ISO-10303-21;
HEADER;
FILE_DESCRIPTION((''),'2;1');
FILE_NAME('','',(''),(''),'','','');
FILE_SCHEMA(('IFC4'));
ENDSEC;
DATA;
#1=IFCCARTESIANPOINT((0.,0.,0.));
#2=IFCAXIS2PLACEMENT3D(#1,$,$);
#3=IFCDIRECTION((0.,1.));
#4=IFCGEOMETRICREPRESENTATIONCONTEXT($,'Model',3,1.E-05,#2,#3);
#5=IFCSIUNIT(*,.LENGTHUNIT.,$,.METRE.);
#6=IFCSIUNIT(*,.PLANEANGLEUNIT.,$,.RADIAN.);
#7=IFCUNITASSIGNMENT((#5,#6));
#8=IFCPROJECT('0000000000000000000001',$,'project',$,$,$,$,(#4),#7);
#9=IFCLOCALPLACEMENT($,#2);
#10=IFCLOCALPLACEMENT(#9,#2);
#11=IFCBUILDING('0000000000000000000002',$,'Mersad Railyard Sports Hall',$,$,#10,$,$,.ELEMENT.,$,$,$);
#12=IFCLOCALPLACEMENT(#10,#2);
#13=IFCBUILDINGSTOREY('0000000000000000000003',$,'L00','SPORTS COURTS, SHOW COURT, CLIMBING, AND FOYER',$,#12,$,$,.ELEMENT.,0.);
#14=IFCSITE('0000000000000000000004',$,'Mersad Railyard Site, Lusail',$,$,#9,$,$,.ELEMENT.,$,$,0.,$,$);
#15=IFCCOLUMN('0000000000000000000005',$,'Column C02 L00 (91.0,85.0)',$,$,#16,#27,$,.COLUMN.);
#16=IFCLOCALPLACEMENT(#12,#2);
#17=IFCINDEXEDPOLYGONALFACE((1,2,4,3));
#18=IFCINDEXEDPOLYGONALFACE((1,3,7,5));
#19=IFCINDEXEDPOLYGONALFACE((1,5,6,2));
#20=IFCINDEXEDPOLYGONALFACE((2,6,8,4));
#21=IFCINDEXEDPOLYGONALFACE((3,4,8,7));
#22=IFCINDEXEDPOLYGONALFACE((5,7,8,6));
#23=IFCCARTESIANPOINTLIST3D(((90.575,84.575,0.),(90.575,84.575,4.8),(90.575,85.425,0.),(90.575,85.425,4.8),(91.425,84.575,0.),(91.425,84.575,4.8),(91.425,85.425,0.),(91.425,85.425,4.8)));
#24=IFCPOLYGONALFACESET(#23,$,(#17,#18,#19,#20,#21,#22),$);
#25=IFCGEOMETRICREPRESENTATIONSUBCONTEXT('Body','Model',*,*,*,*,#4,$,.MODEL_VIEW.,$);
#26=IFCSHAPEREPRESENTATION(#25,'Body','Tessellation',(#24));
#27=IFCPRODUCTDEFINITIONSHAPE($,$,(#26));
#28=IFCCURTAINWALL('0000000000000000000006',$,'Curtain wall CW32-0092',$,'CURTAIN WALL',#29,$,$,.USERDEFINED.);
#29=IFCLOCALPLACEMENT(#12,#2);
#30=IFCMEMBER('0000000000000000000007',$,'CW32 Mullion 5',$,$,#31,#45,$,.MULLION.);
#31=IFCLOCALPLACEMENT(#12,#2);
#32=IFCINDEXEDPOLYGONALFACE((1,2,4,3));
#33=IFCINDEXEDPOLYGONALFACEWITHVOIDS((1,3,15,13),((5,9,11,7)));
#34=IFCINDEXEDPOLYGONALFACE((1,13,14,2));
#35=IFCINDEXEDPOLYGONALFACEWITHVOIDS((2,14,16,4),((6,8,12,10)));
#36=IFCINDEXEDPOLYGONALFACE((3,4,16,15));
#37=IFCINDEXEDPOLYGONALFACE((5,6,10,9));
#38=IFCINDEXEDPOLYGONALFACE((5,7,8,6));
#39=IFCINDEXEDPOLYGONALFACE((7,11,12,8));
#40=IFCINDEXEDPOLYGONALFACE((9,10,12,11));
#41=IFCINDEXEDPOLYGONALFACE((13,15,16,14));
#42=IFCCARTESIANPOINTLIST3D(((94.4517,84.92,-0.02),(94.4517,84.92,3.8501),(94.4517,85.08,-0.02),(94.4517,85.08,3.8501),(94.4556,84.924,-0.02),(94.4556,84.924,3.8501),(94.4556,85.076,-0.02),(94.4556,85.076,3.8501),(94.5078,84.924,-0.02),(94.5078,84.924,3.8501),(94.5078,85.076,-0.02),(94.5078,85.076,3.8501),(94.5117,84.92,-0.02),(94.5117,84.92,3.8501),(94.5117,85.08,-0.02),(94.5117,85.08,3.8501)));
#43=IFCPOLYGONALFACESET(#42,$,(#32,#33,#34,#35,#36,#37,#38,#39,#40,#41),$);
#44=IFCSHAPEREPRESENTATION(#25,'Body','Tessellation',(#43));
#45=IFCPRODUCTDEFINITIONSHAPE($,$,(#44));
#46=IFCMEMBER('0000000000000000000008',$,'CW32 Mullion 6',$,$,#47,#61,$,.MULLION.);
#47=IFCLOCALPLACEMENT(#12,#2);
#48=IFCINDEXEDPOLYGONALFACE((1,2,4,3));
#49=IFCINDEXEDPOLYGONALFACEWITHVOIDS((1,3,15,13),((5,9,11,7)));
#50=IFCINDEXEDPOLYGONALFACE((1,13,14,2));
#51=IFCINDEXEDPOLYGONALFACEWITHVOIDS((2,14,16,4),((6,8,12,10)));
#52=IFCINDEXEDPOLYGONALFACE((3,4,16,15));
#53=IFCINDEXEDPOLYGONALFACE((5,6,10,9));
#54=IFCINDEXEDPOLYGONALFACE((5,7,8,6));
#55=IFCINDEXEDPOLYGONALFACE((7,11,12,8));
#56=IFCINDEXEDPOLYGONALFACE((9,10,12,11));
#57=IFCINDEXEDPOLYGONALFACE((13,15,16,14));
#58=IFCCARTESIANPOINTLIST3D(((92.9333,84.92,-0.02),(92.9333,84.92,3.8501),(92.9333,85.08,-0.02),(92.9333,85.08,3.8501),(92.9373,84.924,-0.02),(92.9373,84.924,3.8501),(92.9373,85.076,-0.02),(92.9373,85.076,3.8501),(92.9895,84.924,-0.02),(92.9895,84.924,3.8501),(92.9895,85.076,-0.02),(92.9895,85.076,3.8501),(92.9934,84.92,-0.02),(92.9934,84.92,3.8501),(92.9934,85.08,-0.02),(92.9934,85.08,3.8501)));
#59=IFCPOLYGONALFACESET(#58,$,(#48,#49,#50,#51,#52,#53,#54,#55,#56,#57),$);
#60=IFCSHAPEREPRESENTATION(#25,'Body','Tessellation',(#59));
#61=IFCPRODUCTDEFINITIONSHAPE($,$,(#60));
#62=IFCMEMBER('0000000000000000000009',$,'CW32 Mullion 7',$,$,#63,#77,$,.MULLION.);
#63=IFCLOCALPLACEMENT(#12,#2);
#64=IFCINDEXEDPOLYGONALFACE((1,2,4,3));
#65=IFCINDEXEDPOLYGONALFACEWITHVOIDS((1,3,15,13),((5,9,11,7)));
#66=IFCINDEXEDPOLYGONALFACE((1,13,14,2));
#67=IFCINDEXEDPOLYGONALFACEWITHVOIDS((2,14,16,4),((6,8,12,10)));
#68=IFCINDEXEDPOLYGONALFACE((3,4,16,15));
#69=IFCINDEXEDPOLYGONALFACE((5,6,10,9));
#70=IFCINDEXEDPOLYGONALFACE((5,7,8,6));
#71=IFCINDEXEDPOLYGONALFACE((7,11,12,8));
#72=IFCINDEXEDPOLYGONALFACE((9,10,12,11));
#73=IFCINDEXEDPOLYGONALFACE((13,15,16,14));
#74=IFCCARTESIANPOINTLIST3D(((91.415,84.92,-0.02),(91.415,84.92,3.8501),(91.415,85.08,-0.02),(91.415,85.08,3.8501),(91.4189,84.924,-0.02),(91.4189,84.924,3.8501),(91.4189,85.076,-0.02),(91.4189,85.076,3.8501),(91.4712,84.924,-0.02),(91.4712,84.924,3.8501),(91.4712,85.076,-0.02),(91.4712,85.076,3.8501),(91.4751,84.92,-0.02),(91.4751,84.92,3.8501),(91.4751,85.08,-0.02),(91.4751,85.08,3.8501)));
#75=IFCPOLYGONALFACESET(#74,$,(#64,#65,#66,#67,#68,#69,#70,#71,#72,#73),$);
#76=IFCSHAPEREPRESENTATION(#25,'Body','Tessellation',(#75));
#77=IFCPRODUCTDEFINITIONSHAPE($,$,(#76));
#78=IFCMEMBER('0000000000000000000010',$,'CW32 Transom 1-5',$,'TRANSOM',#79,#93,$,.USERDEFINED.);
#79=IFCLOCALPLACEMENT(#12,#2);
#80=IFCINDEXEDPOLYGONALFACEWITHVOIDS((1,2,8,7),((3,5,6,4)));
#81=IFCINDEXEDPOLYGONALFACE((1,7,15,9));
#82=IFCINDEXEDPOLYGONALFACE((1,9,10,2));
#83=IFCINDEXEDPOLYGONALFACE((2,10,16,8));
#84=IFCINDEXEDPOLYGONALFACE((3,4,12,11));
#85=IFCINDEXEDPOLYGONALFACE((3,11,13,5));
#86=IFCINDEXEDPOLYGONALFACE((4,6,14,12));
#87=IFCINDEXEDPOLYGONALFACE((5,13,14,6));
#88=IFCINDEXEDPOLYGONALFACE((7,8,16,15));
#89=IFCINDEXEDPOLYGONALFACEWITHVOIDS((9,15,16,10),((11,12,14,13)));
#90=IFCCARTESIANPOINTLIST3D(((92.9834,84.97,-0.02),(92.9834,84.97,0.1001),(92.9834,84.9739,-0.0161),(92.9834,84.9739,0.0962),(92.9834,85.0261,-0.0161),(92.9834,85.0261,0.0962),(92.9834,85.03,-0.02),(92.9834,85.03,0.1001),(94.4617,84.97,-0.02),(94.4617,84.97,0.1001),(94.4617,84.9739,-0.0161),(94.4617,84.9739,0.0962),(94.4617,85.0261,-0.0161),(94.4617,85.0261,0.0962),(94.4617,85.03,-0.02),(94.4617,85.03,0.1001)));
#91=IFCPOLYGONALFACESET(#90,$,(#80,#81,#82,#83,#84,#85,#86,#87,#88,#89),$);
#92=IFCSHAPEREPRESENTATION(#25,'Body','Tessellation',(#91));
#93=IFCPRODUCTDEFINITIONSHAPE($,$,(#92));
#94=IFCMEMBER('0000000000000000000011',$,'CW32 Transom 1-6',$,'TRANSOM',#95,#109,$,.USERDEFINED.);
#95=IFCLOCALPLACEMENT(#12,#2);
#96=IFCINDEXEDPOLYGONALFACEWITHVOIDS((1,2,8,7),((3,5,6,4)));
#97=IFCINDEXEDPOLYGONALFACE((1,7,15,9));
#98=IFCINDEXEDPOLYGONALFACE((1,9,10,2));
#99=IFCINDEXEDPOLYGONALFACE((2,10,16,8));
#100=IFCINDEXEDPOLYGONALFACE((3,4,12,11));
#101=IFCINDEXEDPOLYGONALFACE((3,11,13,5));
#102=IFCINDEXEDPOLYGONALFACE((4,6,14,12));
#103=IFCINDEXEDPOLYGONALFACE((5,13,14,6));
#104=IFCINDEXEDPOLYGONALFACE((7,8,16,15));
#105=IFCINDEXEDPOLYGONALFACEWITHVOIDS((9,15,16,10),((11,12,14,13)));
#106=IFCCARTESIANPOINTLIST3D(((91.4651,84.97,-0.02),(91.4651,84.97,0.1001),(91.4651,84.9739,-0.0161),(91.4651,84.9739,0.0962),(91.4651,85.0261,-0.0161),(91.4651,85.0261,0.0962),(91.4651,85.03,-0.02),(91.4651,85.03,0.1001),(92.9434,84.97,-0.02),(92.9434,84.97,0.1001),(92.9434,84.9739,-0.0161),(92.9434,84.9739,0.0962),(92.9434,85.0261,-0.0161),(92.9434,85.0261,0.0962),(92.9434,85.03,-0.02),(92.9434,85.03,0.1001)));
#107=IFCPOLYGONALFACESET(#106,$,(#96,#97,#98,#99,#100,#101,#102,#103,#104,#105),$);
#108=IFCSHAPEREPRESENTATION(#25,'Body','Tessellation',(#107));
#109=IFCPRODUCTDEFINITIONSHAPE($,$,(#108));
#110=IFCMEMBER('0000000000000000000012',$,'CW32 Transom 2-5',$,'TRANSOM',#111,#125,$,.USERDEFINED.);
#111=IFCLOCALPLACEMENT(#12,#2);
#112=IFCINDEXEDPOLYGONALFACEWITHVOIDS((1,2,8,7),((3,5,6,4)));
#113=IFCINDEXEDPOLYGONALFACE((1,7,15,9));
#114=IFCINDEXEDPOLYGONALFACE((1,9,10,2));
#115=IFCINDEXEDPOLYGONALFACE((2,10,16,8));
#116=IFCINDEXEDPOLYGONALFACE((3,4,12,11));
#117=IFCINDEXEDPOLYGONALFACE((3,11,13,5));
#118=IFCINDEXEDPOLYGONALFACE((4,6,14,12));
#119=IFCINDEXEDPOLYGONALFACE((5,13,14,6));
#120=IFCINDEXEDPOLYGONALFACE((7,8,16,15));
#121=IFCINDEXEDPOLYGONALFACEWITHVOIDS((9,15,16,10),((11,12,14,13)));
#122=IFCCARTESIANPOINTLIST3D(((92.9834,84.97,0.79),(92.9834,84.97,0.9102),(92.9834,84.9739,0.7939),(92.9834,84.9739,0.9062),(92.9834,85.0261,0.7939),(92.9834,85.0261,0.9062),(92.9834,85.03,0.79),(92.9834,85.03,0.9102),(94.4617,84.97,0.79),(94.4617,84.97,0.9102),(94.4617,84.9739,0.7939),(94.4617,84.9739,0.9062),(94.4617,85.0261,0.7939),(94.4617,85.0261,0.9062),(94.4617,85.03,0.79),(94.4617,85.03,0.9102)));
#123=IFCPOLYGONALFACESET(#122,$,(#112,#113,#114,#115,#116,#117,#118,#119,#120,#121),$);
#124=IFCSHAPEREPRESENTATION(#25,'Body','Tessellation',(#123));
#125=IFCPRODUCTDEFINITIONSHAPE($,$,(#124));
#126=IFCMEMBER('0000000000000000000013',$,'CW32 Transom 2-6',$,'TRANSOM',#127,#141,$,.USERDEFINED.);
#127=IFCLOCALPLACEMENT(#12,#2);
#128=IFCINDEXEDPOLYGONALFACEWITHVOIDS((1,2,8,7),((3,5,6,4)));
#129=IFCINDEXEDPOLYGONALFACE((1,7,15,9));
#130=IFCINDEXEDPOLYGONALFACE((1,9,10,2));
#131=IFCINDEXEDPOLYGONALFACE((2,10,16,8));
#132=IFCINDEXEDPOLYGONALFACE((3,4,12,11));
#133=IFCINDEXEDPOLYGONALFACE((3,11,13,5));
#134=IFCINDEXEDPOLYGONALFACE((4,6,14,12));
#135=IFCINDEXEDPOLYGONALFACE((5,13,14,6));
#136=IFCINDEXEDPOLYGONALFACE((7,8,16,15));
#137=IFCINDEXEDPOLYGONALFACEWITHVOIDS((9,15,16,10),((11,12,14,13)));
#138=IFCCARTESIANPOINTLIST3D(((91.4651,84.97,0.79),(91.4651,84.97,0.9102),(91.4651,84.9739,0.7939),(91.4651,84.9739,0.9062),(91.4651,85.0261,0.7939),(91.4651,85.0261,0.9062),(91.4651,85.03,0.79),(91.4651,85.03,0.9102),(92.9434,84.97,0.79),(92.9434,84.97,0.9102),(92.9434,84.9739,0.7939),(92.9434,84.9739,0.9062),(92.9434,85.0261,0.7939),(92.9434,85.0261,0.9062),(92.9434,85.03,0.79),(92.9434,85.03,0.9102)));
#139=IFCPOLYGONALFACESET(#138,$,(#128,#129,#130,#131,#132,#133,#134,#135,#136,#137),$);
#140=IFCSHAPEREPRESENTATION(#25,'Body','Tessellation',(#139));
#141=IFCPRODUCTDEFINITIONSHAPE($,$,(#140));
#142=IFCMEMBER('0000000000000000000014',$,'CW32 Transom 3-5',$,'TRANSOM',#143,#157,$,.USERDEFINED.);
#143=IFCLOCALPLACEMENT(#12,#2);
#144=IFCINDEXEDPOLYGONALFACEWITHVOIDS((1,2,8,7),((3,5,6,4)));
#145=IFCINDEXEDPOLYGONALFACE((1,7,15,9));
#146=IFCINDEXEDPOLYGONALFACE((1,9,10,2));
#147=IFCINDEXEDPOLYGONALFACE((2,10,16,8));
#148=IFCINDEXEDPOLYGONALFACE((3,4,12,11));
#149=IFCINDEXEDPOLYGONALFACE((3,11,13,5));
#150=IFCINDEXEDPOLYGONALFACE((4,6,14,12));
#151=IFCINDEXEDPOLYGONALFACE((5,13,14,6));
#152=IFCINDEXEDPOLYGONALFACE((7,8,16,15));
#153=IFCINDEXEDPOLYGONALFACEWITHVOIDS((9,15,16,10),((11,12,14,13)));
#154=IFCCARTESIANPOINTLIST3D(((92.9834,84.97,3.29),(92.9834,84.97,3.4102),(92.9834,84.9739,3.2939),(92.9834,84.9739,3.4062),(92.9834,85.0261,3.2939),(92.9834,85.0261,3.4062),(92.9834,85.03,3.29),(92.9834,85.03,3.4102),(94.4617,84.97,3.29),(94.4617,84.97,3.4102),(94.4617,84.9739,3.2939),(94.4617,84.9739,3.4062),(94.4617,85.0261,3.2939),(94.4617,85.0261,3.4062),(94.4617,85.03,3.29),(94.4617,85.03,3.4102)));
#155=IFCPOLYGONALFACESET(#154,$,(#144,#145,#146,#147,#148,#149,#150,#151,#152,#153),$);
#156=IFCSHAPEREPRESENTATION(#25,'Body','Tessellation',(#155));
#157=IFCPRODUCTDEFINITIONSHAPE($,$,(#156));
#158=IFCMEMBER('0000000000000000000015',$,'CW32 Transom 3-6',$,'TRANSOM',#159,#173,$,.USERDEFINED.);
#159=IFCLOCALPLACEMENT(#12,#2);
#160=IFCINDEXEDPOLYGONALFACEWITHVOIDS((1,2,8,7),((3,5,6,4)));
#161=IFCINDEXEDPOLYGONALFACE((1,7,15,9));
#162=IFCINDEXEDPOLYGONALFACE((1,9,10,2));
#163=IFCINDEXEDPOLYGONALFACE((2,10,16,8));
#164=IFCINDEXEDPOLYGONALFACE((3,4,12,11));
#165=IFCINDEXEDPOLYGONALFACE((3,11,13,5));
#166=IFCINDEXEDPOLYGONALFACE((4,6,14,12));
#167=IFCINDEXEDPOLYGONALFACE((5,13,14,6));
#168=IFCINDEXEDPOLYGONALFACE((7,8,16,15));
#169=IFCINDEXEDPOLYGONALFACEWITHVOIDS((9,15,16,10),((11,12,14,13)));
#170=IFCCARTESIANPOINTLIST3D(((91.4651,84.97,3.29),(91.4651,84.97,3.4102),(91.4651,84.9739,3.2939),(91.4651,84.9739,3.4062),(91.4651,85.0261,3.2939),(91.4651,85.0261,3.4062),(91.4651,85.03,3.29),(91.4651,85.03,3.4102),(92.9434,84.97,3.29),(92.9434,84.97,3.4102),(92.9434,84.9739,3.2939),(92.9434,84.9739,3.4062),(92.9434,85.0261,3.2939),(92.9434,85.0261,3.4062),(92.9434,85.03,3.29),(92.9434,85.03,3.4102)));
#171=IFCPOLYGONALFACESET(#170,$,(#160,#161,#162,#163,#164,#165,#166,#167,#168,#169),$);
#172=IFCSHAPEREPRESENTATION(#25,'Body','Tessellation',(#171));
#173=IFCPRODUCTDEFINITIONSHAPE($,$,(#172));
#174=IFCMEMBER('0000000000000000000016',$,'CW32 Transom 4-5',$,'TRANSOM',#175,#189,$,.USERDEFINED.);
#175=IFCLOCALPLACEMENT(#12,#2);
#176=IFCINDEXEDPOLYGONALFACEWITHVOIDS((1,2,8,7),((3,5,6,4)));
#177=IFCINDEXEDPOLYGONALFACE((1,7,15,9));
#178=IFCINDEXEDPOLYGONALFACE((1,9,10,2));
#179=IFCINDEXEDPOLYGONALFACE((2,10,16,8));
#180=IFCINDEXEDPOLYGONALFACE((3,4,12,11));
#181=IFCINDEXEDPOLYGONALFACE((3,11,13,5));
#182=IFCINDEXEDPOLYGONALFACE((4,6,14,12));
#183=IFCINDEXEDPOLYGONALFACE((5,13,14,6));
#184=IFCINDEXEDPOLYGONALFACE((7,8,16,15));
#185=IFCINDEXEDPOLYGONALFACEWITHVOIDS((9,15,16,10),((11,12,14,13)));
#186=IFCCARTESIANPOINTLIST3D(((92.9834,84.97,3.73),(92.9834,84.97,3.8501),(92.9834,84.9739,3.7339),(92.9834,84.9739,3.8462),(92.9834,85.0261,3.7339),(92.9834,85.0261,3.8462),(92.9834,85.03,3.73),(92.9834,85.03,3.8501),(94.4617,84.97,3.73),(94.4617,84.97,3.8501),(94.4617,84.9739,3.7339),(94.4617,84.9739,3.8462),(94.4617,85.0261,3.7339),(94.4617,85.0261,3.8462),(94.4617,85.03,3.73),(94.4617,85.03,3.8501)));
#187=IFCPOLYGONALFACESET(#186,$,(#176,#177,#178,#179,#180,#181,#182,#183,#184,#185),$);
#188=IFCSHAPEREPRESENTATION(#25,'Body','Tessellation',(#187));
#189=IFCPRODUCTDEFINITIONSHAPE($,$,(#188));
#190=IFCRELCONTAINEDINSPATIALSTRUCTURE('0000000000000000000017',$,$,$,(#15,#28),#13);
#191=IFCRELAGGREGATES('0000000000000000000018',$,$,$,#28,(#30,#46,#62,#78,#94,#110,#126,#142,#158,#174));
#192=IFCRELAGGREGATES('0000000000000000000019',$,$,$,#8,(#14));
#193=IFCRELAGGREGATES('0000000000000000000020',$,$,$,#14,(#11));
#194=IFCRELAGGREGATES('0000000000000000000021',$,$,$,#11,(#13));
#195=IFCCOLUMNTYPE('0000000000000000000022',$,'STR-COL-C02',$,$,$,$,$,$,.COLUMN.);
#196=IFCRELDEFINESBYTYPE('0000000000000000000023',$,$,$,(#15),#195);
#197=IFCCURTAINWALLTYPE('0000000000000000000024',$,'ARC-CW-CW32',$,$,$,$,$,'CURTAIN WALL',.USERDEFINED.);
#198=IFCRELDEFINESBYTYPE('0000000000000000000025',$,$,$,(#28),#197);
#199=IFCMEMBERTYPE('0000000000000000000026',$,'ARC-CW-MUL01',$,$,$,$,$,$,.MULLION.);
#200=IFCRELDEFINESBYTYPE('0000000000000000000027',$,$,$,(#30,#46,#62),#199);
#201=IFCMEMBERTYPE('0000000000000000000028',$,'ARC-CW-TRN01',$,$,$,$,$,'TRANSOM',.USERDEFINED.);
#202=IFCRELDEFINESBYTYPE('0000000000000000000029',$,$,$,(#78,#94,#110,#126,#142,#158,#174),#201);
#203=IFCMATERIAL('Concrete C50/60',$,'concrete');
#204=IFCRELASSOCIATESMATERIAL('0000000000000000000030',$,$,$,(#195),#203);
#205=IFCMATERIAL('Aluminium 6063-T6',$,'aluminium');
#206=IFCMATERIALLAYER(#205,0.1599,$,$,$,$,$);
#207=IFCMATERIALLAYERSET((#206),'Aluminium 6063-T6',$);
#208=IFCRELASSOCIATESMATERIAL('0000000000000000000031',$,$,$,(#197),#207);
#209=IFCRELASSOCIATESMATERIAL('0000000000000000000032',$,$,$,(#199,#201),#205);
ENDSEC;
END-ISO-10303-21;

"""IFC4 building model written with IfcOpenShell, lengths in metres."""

from ifc_helpers import new_model, si_unit, direction, frame, origin, origin_2d, place, context, subcontext, project, spatial, rectangle, hollow_rectangle, extrude, material, layer, layer_set, material_profile, profile_set, type_object, element, aggregate, save


model = new_model("IFC4")

# Units and contexts
model_context = context("Model", 3, precision=1e-05, world=origin(), true_north=direction((0.0, 1.0)))
body_context = subcontext(model_context, "Body", "Model", "MODEL_VIEW")
ifc_project = project(units=[si_unit("LENGTHUNIT", "METRE"), si_unit("PLANEANGLEUNIT", "RADIAN")], contexts=[model_context])

# Site, building, storey
site_placement = place(None, origin())
site = spatial("IfcSite", under=ifc_project, at=site_placement, Name="Mersad Railyard Site, Lusail", CompositionType="ELEMENT", RefElevation=0.0)
building_placement = place(site_placement, origin())
building = spatial("IfcBuilding", under=site, at=building_placement, Name="Mersad Railyard Sports Hall", CompositionType="ELEMENT")
storey_placement = place(building_placement, origin())
storey = spatial("IfcBuildingStorey", under=building, at=storey_placement, Name="L00", Description="SPORTS COURTS, SHOW COURT, CLIMBING, AND FOYER", CompositionType="ELEMENT", Elevation=0.0)

# Column
ifc_material_1 = material(Name="Concrete C50/60", Category="concrete")
ifc_material_profile_1 = material_profile(ifc_material_1, rectangle(XDim=0.8501, YDim=0.8501, at=origin_2d()), Name="RC 850x850")
ifc_profile_set_1 = profile_set([ifc_material_profile_1], Name="Concrete C50/60")
column_type = type_object("IfcColumnType", Name="STR-COL-C02", PredefinedType="COLUMN", material=ifc_profile_set_1)
column_placement = place(storey_placement, frame((91.0, 85.0, 0.0), z_axis=(0.0, 0.0, 1.0), x_axis=(1.0, 0.0, 0.0)))
element("IfcColumn", 1, at=column_placement, inside=storey, type_object=column_type, Name="Column C02 L00 (91.0,85.0)", PredefinedType="COLUMN", context=body_context, shape_type="SweptSolid", body=[
    extrude(rectangle(XDim=0.8501, YDim=0.8501, at=origin_2d()), origin(), (0.0, 0.0, 1.0), 4.8),
])

# Curtain wall, members
ifc_material_2 = material(Name="Aluminium 6063-T6", Category="aluminium")
ifc_layer_1 = layer(ifc_material_2, 0.1599)
ifc_layer_set_1 = layer_set([ifc_layer_1], Name="Aluminium 6063-T6")
curtain_wall_type = type_object("IfcCurtainWallType", Name="ARC-CW-CW32", ElementType="CURTAIN WALL", PredefinedType="USERDEFINED", material=ifc_layer_set_1)
curtain_wall_placement = place(storey_placement, origin())
curtain_wall = element("IfcCurtainWall", 2, at=curtain_wall_placement, inside=storey, type_object=curtain_wall_type, Name="Curtain wall CW32-0092", ObjectType="CURTAIN WALL", PredefinedType="USERDEFINED")
ifc_material_profile_2 = material_profile(ifc_material_2, hollow_rectangle(XDim=0.0601, YDim=0.1599, WallThickness=0.0039, at=origin_2d()), Name="AL MULLION 60x160x4")
ifc_profile_set_2 = profile_set([ifc_material_profile_2], Name="Aluminium 6063-T6")
member_type_1 = type_object("IfcMemberType", Name="ARC-CW-MUL01", PredefinedType="MULLION", material=ifc_profile_set_2)
member_1_placement = place(storey_placement, frame((94.4817, 85.0, -0.02), z_axis=(0.0, 0.0, 1.0), x_axis=(1.0, 0.0, 0.0)))
member_1 = element("IfcMember", 3, at=member_1_placement, type_object=member_type_1, Name="CW32 Mullion 5", PredefinedType="MULLION", context=body_context, shape_type="SweptSolid", body=[
    extrude(hollow_rectangle(XDim=0.0601, YDim=0.1599, WallThickness=0.0039, at=origin_2d()), origin(), (0.0, 0.0, 1.0), 3.8701),
])
member_2_placement = place(storey_placement, frame((92.9634, 85.0, -0.02), z_axis=(0.0, 0.0, 1.0), x_axis=(1.0, 0.0, 0.0)))
member_2 = element("IfcMember", 4, at=member_2_placement, type_object=member_type_1, Name="CW32 Mullion 6", PredefinedType="MULLION", context=body_context, shape_type="SweptSolid", body=[
    extrude(hollow_rectangle(XDim=0.0601, YDim=0.1599, WallThickness=0.0039, at=origin_2d()), origin(), (0.0, 0.0, 1.0), 3.8701),
])
member_3_placement = place(storey_placement, frame((91.4451, 85.0, -0.02), z_axis=(0.0, 0.0, 1.0), x_axis=(1.0, 0.0, 0.0)))
member_3 = element("IfcMember", 5, at=member_3_placement, type_object=member_type_1, Name="CW32 Mullion 7", PredefinedType="MULLION", context=body_context, shape_type="SweptSolid", body=[
    extrude(hollow_rectangle(XDim=0.0601, YDim=0.1599, WallThickness=0.0039, at=origin_2d()), origin(), (0.0, 0.0, 1.0), 3.8701),
])
ifc_material_profile_3 = material_profile(ifc_material_2, hollow_rectangle(XDim=0.0601, YDim=0.1201, WallThickness=0.0039, at=origin_2d()), Name="AL TRANSOM 60x120x4")
ifc_profile_set_3 = profile_set([ifc_material_profile_3], Name="Aluminium 6063-T6")
member_type_2 = type_object("IfcMemberType", Name="ARC-CW-TRN01", ElementType="TRANSOM", PredefinedType="USERDEFINED", material=ifc_profile_set_3)
member_4_placement = place(storey_placement, frame((94.4617, 85.0, 0.04), z_axis=(-1.0, 0.0, 0.0), x_axis=(0.0, -1.0, 0.0)))
member_4 = element("IfcMember", 6, at=member_4_placement, type_object=member_type_2, Name="CW32 Transom 1-5", ObjectType="TRANSOM", PredefinedType="USERDEFINED", context=body_context, shape_type="SweptSolid", body=[
    extrude(hollow_rectangle(XDim=0.0601, YDim=0.1201, WallThickness=0.0039, at=origin_2d()), origin(), (0.0, 0.0, 1.0), 1.4783),
])
member_5_placement = place(storey_placement, frame((92.9434, 85.0, 0.04), z_axis=(-1.0, 0.0, 0.0), x_axis=(0.0, -1.0, 0.0)))
member_5 = element("IfcMember", 7, at=member_5_placement, type_object=member_type_2, Name="CW32 Transom 1-6", ObjectType="TRANSOM", PredefinedType="USERDEFINED", context=body_context, shape_type="SweptSolid", body=[
    extrude(hollow_rectangle(XDim=0.0601, YDim=0.1201, WallThickness=0.0039, at=origin_2d()), origin(), (0.0, 0.0, 1.0), 1.4783),
])
member_6_placement = place(storey_placement, frame((94.4617, 85.0, 0.8501), z_axis=(-1.0, 0.0, 0.0), x_axis=(0.0, -1.0, 0.0)))
member_6 = element("IfcMember", 8, at=member_6_placement, type_object=member_type_2, Name="CW32 Transom 2-5", ObjectType="TRANSOM", PredefinedType="USERDEFINED", context=body_context, shape_type="SweptSolid", body=[
    extrude(hollow_rectangle(XDim=0.0601, YDim=0.1201, WallThickness=0.0039, at=origin_2d()), origin(), (0.0, 0.0, 1.0), 1.4783),
])
member_7_placement = place(storey_placement, frame((92.9434, 85.0, 0.8501), z_axis=(-1.0, 0.0, 0.0), x_axis=(0.0, -1.0, 0.0)))
member_7 = element("IfcMember", 9, at=member_7_placement, type_object=member_type_2, Name="CW32 Transom 2-6", ObjectType="TRANSOM", PredefinedType="USERDEFINED", context=body_context, shape_type="SweptSolid", body=[
    extrude(hollow_rectangle(XDim=0.0601, YDim=0.1201, WallThickness=0.0039, at=origin_2d()), origin(), (0.0, 0.0, 1.0), 1.4783),
])
member_8_placement = place(storey_placement, frame((94.4617, 85.0, 3.3501), z_axis=(-1.0, 0.0, 0.0), x_axis=(0.0, -1.0, 0.0)))
member_8 = element("IfcMember", 10, at=member_8_placement, type_object=member_type_2, Name="CW32 Transom 3-5", ObjectType="TRANSOM", PredefinedType="USERDEFINED", context=body_context, shape_type="SweptSolid", body=[
    extrude(hollow_rectangle(XDim=0.0601, YDim=0.1201, WallThickness=0.0039, at=origin_2d()), origin(), (0.0, 0.0, 1.0), 1.4783),
])
member_9_placement = place(storey_placement, frame((92.9434, 85.0, 3.3501), z_axis=(-1.0, 0.0, 0.0), x_axis=(0.0, -1.0, 0.0)))
member_9 = element("IfcMember", 11, at=member_9_placement, type_object=member_type_2, Name="CW32 Transom 3-6", ObjectType="TRANSOM", PredefinedType="USERDEFINED", context=body_context, shape_type="SweptSolid", body=[
    extrude(hollow_rectangle(XDim=0.0601, YDim=0.1201, WallThickness=0.0039, at=origin_2d()), origin(), (0.0, 0.0, 1.0), 1.4783),
])
member_10_placement = place(storey_placement, frame((94.4617, 85.0, 3.79), z_axis=(-1.0, 0.0, 0.0), x_axis=(0.0, -1.0, 0.0)))
member_10 = element("IfcMember", 12, at=member_10_placement, type_object=member_type_2, Name="CW32 Transom 4-5", ObjectType="TRANSOM", PredefinedType="USERDEFINED", context=body_context, shape_type="SweptSolid", body=[
    extrude(hollow_rectangle(XDim=0.0601, YDim=0.1201, WallThickness=0.0039, at=origin_2d()), origin(), (0.0, 0.0, 1.0), 1.4783),
])

aggregate(curtain_wall, [member_1, member_2, member_3, member_4, member_5, member_6, member_7, member_8, member_9, member_10])

save(model, "model.ifc")
